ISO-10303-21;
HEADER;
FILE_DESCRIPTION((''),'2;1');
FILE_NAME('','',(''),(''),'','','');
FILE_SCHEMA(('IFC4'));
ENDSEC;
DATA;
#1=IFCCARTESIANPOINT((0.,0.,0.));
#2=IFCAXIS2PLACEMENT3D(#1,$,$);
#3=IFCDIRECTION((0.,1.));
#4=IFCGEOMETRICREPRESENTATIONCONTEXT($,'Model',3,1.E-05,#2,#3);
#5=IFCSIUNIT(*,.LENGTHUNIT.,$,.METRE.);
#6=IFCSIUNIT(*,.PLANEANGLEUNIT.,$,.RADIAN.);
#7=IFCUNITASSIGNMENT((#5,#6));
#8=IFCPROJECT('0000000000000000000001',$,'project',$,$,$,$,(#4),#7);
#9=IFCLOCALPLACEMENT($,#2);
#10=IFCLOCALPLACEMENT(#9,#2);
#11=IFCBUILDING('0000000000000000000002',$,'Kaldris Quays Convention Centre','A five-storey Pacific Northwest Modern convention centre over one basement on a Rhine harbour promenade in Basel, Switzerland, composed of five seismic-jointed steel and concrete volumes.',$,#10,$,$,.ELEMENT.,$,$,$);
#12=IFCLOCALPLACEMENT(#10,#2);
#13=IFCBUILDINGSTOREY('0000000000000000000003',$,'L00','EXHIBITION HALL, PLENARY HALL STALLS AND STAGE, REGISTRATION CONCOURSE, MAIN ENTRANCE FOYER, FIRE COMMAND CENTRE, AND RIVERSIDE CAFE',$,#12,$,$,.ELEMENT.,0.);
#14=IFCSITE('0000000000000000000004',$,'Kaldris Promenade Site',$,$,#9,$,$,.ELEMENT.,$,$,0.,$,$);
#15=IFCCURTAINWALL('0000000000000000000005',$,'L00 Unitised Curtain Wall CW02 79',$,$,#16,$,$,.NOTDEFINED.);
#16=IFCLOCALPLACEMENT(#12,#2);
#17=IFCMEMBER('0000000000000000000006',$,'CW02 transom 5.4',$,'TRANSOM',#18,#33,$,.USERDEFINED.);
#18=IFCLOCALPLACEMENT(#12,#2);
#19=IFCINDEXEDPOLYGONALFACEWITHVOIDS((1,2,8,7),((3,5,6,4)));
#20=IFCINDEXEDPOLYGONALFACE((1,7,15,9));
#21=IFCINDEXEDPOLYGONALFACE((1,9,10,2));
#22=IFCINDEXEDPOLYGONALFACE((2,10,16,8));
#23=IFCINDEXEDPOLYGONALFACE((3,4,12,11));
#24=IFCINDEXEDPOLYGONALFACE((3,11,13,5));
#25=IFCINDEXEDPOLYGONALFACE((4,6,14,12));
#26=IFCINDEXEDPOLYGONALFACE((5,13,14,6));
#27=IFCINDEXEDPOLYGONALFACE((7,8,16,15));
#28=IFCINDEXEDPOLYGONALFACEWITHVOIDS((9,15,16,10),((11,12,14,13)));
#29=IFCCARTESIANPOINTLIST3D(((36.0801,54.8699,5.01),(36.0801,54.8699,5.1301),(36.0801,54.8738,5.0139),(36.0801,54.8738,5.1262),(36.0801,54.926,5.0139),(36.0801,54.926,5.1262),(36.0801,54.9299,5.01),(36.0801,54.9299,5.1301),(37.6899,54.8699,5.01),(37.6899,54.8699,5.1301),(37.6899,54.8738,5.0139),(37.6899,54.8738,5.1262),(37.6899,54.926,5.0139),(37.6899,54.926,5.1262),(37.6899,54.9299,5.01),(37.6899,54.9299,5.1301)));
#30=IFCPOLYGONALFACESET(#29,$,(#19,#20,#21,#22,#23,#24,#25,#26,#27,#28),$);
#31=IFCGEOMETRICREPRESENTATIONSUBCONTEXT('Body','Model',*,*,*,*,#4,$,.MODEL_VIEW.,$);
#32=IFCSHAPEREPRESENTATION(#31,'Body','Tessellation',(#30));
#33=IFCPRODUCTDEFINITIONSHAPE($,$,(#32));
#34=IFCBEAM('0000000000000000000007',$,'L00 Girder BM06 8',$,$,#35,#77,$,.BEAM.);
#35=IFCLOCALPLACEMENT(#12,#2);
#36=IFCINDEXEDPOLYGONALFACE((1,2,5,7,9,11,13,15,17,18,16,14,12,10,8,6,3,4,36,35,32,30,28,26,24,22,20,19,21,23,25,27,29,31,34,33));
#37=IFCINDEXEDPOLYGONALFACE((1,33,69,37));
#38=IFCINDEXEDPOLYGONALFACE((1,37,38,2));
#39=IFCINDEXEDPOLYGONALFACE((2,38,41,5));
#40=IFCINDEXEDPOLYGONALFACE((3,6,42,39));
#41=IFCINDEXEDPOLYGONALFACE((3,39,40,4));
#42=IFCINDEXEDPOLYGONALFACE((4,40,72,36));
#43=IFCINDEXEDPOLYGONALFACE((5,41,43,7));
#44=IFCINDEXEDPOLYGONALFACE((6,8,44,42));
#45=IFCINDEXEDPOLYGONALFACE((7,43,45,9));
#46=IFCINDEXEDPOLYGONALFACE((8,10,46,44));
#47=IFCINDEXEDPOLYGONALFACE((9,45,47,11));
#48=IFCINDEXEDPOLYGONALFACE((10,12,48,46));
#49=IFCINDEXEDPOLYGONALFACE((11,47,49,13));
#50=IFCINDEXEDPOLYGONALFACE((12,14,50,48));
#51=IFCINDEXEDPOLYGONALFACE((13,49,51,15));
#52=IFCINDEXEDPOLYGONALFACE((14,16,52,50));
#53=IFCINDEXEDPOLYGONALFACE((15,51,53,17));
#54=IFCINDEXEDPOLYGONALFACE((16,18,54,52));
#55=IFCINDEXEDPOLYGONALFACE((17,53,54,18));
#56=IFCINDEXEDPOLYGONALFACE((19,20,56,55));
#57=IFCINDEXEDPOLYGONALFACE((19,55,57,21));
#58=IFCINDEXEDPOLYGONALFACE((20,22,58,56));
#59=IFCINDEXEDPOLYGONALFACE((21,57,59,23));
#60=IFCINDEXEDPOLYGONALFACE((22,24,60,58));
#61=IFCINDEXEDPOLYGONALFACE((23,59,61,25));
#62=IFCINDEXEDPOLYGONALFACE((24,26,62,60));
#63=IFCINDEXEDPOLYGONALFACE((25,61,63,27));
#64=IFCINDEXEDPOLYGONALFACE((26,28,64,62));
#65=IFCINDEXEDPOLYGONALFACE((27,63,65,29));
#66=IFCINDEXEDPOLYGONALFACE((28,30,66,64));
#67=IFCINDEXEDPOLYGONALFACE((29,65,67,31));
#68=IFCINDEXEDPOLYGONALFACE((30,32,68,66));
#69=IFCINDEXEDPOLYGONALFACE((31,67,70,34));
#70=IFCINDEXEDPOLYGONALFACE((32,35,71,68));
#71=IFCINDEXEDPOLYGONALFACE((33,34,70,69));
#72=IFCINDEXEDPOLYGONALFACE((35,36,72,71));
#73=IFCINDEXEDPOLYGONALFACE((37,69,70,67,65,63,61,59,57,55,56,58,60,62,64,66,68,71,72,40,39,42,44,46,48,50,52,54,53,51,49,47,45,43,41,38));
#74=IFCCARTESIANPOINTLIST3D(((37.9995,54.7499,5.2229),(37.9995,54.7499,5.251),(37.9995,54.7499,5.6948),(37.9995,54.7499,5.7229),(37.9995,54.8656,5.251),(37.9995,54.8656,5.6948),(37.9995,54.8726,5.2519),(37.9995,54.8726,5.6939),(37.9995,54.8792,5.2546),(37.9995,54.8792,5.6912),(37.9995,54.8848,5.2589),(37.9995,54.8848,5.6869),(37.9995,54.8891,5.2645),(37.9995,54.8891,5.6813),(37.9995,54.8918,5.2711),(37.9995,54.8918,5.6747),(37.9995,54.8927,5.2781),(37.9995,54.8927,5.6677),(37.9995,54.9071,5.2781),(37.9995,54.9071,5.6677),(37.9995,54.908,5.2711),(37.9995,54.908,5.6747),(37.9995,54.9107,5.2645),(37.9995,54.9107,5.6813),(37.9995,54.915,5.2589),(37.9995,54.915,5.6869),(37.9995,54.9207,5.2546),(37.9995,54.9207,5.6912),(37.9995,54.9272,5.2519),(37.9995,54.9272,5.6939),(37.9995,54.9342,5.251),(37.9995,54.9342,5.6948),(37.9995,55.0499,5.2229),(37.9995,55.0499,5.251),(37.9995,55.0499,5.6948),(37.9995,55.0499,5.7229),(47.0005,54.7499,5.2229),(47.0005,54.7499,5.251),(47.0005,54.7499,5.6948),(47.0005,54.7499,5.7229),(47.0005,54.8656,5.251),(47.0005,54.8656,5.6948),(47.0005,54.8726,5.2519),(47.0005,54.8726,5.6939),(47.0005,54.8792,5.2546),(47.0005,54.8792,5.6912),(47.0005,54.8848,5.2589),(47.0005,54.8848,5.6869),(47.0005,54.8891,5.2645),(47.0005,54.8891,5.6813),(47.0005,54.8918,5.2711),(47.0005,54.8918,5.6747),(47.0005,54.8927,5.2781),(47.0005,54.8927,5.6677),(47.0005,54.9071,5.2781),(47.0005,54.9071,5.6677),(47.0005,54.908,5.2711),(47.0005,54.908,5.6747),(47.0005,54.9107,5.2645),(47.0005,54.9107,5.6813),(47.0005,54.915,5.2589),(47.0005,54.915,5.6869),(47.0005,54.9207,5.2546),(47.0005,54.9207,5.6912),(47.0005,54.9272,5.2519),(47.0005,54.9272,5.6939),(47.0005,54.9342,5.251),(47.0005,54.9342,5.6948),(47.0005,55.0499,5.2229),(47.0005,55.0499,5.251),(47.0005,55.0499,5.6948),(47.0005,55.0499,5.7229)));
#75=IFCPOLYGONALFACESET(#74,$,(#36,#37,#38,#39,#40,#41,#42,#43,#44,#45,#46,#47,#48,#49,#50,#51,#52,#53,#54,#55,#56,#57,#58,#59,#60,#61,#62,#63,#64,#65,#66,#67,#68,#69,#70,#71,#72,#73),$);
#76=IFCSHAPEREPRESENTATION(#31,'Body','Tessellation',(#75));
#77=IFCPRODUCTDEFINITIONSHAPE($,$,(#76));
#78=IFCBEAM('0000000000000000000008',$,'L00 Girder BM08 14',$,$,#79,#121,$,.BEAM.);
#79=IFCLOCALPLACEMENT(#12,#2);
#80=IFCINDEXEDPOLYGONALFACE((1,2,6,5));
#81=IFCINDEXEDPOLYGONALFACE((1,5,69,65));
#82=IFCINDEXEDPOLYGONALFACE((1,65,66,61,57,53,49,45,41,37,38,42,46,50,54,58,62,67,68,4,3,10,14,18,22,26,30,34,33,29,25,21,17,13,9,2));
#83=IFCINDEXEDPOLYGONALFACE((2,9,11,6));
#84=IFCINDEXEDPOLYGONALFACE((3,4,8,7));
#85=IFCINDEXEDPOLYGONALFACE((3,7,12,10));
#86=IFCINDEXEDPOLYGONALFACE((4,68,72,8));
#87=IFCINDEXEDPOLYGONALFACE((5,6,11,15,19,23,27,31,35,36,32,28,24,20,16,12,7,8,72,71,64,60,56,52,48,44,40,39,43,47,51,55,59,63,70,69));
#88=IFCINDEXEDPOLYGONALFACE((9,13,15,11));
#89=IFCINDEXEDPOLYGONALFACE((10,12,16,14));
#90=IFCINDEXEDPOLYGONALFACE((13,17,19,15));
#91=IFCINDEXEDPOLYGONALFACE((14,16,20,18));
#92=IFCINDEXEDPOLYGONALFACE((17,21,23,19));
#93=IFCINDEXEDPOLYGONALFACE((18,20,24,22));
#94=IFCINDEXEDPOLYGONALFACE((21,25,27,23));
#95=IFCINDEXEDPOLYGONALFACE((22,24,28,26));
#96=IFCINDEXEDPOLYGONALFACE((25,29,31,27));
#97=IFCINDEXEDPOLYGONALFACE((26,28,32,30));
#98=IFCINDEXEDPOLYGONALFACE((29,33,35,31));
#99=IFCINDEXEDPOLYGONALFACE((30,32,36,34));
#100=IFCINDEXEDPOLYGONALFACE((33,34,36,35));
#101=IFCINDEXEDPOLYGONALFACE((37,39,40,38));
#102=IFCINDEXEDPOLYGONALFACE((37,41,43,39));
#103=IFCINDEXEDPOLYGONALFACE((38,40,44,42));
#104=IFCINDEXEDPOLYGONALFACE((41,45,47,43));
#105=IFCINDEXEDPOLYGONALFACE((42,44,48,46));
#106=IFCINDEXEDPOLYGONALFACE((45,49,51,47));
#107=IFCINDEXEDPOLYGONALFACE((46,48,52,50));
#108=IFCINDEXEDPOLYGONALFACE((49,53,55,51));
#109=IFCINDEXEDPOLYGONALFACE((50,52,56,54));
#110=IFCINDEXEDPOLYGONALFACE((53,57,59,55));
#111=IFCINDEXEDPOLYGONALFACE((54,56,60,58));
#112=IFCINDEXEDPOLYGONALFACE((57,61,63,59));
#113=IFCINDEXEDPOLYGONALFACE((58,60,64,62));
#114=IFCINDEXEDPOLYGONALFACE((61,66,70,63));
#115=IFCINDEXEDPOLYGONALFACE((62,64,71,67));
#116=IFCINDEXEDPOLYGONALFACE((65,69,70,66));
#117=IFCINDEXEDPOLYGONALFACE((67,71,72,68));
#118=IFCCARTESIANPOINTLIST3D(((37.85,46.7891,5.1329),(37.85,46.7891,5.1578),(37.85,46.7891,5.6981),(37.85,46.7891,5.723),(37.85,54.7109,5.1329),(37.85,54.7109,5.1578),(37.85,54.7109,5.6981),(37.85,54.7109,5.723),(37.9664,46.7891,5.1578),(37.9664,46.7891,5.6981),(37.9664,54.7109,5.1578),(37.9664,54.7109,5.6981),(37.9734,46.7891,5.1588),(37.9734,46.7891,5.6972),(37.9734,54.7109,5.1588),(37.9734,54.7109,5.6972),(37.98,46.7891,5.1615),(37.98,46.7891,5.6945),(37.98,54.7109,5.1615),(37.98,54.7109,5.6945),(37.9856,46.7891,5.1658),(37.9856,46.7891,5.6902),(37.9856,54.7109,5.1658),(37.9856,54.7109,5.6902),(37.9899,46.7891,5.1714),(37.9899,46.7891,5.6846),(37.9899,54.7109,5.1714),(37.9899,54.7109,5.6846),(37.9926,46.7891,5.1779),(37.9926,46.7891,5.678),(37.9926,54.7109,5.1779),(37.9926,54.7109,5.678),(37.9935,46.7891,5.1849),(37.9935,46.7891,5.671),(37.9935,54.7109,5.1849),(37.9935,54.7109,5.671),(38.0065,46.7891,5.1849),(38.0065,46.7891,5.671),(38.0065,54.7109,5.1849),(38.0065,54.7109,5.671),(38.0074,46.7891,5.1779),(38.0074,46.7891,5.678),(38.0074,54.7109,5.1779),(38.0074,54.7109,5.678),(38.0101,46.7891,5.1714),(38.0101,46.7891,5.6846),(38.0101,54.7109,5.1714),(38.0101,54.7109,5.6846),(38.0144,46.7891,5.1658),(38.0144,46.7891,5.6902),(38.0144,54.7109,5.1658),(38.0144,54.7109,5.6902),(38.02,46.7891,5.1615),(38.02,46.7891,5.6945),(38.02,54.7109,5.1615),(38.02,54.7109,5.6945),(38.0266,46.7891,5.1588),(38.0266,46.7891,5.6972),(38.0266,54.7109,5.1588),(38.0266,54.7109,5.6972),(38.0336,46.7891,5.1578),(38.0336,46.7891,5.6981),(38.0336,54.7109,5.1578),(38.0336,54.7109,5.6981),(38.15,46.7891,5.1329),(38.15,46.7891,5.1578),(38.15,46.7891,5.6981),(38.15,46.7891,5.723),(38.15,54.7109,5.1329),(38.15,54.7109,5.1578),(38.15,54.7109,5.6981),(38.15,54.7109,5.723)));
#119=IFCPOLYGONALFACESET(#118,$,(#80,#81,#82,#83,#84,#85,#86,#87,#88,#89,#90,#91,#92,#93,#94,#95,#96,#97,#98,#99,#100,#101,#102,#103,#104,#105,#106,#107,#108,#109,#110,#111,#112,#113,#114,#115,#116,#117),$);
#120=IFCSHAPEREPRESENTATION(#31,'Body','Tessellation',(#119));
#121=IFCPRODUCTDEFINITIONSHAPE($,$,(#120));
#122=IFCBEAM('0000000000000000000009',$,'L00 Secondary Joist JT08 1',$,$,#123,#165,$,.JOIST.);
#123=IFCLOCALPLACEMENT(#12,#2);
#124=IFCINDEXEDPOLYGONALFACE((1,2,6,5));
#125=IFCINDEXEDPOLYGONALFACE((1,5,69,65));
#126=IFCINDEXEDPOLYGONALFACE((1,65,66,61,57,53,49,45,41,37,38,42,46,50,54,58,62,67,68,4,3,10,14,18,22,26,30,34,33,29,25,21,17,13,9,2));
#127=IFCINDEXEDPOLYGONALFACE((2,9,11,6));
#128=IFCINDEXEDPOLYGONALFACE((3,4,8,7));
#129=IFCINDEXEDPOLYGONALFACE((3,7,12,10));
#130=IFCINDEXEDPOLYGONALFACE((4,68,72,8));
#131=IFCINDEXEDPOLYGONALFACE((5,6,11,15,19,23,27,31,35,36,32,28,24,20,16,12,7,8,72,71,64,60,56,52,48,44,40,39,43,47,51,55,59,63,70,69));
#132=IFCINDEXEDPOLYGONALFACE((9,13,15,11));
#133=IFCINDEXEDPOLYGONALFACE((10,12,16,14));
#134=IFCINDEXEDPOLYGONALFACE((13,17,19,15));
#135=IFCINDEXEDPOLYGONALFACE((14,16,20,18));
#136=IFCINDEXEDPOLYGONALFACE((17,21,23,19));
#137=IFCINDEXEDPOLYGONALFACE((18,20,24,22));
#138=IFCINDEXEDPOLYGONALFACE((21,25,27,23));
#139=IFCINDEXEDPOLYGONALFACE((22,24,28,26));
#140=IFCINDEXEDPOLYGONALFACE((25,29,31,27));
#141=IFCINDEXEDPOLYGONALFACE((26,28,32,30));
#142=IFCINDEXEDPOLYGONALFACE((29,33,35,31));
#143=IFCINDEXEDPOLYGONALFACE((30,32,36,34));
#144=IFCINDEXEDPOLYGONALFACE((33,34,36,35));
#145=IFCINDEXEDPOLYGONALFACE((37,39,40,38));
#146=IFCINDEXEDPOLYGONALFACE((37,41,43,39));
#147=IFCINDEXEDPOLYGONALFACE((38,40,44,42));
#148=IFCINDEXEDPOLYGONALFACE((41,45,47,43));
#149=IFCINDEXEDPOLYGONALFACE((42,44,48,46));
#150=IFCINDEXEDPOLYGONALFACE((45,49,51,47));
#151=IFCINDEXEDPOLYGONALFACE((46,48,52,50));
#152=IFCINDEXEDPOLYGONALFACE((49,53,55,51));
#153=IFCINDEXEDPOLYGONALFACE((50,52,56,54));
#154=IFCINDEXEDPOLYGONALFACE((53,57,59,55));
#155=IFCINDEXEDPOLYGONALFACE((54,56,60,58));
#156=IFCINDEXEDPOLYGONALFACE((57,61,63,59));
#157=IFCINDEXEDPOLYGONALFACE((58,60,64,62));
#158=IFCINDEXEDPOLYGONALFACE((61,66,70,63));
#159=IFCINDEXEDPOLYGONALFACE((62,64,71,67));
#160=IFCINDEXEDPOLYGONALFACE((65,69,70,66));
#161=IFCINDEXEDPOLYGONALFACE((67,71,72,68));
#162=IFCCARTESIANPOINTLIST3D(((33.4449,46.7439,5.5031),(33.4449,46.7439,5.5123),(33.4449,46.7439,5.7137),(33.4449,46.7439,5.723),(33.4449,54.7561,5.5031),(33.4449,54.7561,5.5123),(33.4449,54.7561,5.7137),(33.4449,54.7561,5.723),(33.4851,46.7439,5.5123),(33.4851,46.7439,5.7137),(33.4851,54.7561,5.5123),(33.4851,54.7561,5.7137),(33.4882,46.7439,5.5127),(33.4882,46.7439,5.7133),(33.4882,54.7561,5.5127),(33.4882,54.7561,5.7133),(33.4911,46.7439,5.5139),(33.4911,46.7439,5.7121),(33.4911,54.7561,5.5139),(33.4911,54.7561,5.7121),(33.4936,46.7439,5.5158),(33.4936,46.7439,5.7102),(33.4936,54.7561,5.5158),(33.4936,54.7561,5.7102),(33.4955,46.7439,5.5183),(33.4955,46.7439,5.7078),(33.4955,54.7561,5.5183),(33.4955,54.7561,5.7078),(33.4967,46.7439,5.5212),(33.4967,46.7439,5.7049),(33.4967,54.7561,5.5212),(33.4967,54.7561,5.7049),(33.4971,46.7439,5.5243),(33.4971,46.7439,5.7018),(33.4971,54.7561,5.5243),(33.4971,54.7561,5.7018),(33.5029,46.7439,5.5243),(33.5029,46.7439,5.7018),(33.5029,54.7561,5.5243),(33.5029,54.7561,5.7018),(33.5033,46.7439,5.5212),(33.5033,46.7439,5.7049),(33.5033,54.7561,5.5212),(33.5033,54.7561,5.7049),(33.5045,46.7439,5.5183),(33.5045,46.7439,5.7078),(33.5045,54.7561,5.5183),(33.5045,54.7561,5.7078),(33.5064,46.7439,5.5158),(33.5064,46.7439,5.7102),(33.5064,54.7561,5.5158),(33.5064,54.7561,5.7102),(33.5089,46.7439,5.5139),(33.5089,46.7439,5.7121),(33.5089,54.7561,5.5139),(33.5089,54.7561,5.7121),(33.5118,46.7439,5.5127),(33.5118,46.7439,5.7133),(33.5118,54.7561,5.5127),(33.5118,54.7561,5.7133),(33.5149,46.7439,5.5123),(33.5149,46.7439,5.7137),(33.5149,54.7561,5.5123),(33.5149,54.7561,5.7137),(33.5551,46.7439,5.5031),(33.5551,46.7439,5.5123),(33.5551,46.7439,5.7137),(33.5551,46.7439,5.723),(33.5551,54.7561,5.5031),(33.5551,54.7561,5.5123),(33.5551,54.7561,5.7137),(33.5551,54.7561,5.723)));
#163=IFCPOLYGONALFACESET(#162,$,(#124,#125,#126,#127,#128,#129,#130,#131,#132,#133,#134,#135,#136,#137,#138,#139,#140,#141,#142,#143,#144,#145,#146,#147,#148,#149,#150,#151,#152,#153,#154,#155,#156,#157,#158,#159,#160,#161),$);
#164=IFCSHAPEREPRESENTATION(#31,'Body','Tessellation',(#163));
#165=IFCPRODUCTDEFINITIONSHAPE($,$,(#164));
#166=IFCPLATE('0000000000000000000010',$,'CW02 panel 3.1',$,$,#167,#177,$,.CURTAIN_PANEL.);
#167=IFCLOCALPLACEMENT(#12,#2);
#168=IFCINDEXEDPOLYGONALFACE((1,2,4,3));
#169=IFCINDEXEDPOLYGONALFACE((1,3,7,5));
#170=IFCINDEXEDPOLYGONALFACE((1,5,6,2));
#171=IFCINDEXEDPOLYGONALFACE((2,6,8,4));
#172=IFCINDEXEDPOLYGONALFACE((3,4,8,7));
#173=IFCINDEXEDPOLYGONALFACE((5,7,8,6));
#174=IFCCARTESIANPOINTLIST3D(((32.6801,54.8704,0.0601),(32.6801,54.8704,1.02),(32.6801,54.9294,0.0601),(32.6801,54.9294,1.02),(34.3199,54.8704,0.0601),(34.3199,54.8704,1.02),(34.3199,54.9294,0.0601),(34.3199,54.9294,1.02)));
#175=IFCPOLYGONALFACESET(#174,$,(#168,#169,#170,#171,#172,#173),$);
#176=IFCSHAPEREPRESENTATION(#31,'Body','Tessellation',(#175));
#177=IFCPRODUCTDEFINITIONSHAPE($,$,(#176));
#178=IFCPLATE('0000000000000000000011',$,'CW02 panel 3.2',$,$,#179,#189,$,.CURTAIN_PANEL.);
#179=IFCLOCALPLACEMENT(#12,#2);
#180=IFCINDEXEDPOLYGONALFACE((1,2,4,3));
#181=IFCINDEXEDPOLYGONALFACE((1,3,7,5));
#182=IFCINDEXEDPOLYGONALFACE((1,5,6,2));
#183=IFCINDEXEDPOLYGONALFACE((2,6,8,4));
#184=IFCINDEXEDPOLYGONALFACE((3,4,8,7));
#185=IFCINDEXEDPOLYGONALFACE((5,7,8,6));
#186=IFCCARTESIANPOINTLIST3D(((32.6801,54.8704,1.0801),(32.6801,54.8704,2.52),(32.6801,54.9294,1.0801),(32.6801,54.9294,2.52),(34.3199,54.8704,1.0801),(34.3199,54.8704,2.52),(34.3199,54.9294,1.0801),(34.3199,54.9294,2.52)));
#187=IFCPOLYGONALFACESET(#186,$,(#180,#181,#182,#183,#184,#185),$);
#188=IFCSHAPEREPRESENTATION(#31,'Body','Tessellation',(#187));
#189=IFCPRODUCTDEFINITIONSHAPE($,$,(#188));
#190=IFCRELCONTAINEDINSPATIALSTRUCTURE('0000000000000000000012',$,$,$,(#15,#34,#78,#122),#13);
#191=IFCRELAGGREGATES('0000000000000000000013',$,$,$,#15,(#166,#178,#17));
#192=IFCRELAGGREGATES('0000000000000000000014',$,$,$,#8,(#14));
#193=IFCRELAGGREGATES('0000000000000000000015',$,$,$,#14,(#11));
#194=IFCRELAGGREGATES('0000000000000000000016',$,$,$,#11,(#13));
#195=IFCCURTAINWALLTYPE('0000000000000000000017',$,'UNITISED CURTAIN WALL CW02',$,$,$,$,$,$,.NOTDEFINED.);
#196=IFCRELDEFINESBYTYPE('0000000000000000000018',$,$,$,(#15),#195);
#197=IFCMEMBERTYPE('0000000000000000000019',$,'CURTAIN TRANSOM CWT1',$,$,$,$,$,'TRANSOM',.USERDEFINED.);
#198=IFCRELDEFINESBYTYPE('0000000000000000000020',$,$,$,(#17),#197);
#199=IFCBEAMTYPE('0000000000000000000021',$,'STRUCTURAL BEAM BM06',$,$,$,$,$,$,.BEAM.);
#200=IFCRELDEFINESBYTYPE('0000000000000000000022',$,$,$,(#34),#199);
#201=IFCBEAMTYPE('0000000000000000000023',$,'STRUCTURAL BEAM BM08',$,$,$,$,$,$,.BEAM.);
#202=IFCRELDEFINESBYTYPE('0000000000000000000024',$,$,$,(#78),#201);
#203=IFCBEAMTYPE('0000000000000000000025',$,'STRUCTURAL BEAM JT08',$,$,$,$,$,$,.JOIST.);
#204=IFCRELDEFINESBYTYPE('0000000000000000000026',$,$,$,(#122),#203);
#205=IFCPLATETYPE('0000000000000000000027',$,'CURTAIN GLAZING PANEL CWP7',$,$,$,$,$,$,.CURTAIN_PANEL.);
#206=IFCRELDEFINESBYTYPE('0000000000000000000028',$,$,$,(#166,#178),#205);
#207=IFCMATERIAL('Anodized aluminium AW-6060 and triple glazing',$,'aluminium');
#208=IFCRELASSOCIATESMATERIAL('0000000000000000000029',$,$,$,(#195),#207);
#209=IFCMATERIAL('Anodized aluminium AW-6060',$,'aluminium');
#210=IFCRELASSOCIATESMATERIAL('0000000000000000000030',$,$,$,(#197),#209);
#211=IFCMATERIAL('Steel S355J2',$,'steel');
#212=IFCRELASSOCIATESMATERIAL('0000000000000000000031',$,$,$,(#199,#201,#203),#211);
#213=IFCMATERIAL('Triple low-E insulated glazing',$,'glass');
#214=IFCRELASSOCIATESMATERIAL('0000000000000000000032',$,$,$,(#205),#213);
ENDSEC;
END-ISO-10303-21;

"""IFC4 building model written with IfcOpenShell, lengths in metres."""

from ifc_helpers import new_model, si_unit, direction, frame, origin, origin_2d, place, context, subcontext, project, spatial, rectangle, hollow_rectangle, i_section, extrude, material, material_profile, profile_set, type_object, element, aggregate, save


model = new_model("IFC4")

# Units and contexts
model_context = context("Model", 3, precision=1e-05, world=origin(), true_north=direction((0.0, 1.0)))
body_context = subcontext(model_context, "Body", "Model", "MODEL_VIEW")
ifc_project = project(units=[si_unit("LENGTHUNIT", "METRE"), si_unit("PLANEANGLEUNIT", "RADIAN")], contexts=[model_context])

# Site, building, storey
site_placement = place(None, origin())
site = spatial("IfcSite", under=ifc_project, at=site_placement, Name="Kaldris Promenade Site", CompositionType="ELEMENT", RefElevation=0.0)
building_placement = place(site_placement, origin())
building = spatial("IfcBuilding", under=site, at=building_placement, Name="Kaldris Quays Convention Centre", Description="A five-storey Pacific Northwest Modern convention centre over one basement on a Rhine harbour promenade in Basel, Switzerland, composed of five seismic-jointed steel and concrete volumes.", CompositionType="ELEMENT")
storey_placement = place(building_placement, origin())
storey = spatial("IfcBuildingStorey", under=building, at=storey_placement, Name="L00", Description="EXHIBITION HALL, PLENARY HALL STALLS AND STAGE, REGISTRATION CONCOURSE, MAIN ENTRANCE FOYER, FIRE COMMAND CENTRE, AND RIVERSIDE CAFE", CompositionType="ELEMENT", Elevation=0.0)

# Curtain wall, member
ifc_material_1 = material(Name="Anodized aluminium AW-6060 and triple glazing", Category="aluminium")
curtain_wall_type = type_object("IfcCurtainWallType", Name="UNITISED CURTAIN WALL CW02", PredefinedType="NOTDEFINED", material=ifc_material_1)
curtain_wall_placement = place(storey_placement, origin())
curtain_wall = element("IfcCurtainWall", 1, at=curtain_wall_placement, inside=storey, type_object=curtain_wall_type, Name="L00 Unitised Curtain Wall CW02 79", PredefinedType="NOTDEFINED")
ifc_material_2 = material(Name="Anodized aluminium AW-6060", Category="aluminium")
ifc_material_profile_1 = material_profile(ifc_material_2, hollow_rectangle(XDim=0.0601, YDim=0.1201, WallThickness=0.0039, at=origin_2d()), Name="RHS 120x60x4")
ifc_profile_set_1 = profile_set([ifc_material_profile_1], Name="Anodized aluminium AW-6060")
member_type_1 = type_object("IfcMemberType", Name="CURTAIN TRANSOM CWT1", ElementType="TRANSOM", PredefinedType="USERDEFINED", material=ifc_profile_set_1)
member_1_placement = place(storey_placement, frame((36.0801, 54.8999, 5.0701), z_axis=(1.0, 0.0, 0.0), x_axis=(0.0, 1.0, 0.0)))
member_1 = element("IfcMember", 2, at=member_1_placement, type_object=member_type_1, Name="CW02 transom 5.4", ObjectType="TRANSOM", PredefinedType="USERDEFINED", context=body_context, shape_type="SweptSolid", body=[
    extrude(hollow_rectangle(XDim=0.0601, YDim=0.1201, WallThickness=0.0039, at=origin_2d()), origin(), (0.0, 0.0, 1.0), 1.6099),
])

# Beams
ifc_material_3 = material(Name="Steel S355J2", Category="steel")
ifc_material_profile_2 = material_profile(ifc_material_3, i_section(OverallWidth=0.3, OverallDepth=0.5, WebThickness=0.0144, FlangeThickness=0.0281, FilletRadius=0.0271, at=origin_2d()), Name="HEB 500")
ifc_profile_set_2 = profile_set([ifc_material_profile_2], Name="Steel S355J2")
beam_type_1 = type_object("IfcBeamType", Name="STRUCTURAL BEAM BM06", PredefinedType="BEAM", material=ifc_profile_set_2)
beam_1_placement = place(storey_placement, frame((37.9995, 54.8999, 5.4729), z_axis=(1.0, 0.0, 0.0), x_axis=(0.0, 1.0, 0.0)))
element("IfcBeam", 3, at=beam_1_placement, inside=storey, type_object=beam_type_1, Name="L00 Girder BM06 8", PredefinedType="BEAM", context=body_context, shape_type="SweptSolid", body=[
    extrude(i_section(OverallWidth=0.3, OverallDepth=0.5, WebThickness=0.0144, FlangeThickness=0.0281, FilletRadius=0.0271, at=origin_2d()), origin(), (0.0, 0.0, 1.0), 9.001),
])
ifc_material_profile_3 = material_profile(ifc_material_3, i_section(OverallWidth=0.3, OverallDepth=0.5901, WebThickness=0.0129, FlangeThickness=0.0249, FilletRadius=0.0271, at=origin_2d()), Name="HEA 600")
ifc_profile_set_3 = profile_set([ifc_material_profile_3], Name="Steel S355J2")
beam_type_2 = type_object("IfcBeamType", Name="STRUCTURAL BEAM BM08", PredefinedType="BEAM", material=ifc_profile_set_3)
beam_2_placement = place(storey_placement, frame((38.0, 46.7891, 5.428), z_axis=(0.0, 1.0, 0.0), x_axis=(-1.0, 0.0, 0.0)))
element("IfcBeam", 4, at=beam_2_placement, inside=storey, type_object=beam_type_2, Name="L00 Girder BM08 14", PredefinedType="BEAM", context=body_context, shape_type="SweptSolid", body=[
    extrude(i_section(OverallWidth=0.3, OverallDepth=0.5901, WebThickness=0.0129, FlangeThickness=0.0249, FilletRadius=0.0271, at=origin_2d()), origin(), (0.0, 0.0, 1.0), 7.9219),
])
ifc_material_profile_4 = material_profile(ifc_material_3, i_section(OverallWidth=0.1101, OverallDepth=0.22, WebThickness=0.0059, FlangeThickness=0.0093, FilletRadius=0.012, at=origin_2d()), Name="IPE 220")
ifc_profile_set_4 = profile_set([ifc_material_profile_4], Name="Steel S355J2")
beam_type_3 = type_object("IfcBeamType", Name="STRUCTURAL BEAM JT08", PredefinedType="JOIST", material=ifc_profile_set_4)
beam_3_placement = place(storey_placement, frame((33.5, 46.7439, 5.613), z_axis=(0.0, 1.0, 0.0), x_axis=(-1.0, 0.0, 0.0)))
element("IfcBeam", 5, at=beam_3_placement, inside=storey, type_object=beam_type_3, Name="L00 Secondary Joist JT08 1", PredefinedType="JOIST", context=body_context, shape_type="SweptSolid", body=[
    extrude(i_section(OverallWidth=0.1101, OverallDepth=0.22, WebThickness=0.0059, FlangeThickness=0.0093, FilletRadius=0.012, at=origin_2d()), origin(), (0.0, 0.0, 1.0), 8.0122),
])

# Plates
ifc_material_4 = material(Name="Triple low-E insulated glazing", Category="glass")
plate_type = type_object("IfcPlateType", Name="CURTAIN GLAZING PANEL CWP7", PredefinedType="CURTAIN_PANEL", material=ifc_material_4)
plate_1_placement = place(storey_placement, frame((33.5, 54.8999, 0.0601), z_axis=(0.0, 0.0, 1.0), x_axis=(1.0, 0.0, 0.0)))
plate_1 = element("IfcPlate", 6, at=plate_1_placement, type_object=plate_type, Name="CW02 panel 3.1", PredefinedType="CURTAIN_PANEL", context=body_context, shape_type="SweptSolid", body=[
    extrude(rectangle(XDim=1.6399, YDim=0.0591, at=origin_2d()), origin(), (0.0, 0.0, 1.0), 0.96),
])
plate_2_placement = place(storey_placement, frame((33.5, 54.8999, 1.0801), z_axis=(0.0, 0.0, 1.0), x_axis=(1.0, 0.0, 0.0)))
plate_2 = element("IfcPlate", 7, at=plate_2_placement, type_object=plate_type, Name="CW02 panel 3.2", PredefinedType="CURTAIN_PANEL", context=body_context, shape_type="SweptSolid", body=[
    extrude(rectangle(XDim=1.6399, YDim=0.0591, at=origin_2d()), origin(), (0.0, 0.0, 1.0), 1.4399),
])
aggregate(curtain_wall, [plate_1, plate_2, member_1])

save(model, "model.ifc")
